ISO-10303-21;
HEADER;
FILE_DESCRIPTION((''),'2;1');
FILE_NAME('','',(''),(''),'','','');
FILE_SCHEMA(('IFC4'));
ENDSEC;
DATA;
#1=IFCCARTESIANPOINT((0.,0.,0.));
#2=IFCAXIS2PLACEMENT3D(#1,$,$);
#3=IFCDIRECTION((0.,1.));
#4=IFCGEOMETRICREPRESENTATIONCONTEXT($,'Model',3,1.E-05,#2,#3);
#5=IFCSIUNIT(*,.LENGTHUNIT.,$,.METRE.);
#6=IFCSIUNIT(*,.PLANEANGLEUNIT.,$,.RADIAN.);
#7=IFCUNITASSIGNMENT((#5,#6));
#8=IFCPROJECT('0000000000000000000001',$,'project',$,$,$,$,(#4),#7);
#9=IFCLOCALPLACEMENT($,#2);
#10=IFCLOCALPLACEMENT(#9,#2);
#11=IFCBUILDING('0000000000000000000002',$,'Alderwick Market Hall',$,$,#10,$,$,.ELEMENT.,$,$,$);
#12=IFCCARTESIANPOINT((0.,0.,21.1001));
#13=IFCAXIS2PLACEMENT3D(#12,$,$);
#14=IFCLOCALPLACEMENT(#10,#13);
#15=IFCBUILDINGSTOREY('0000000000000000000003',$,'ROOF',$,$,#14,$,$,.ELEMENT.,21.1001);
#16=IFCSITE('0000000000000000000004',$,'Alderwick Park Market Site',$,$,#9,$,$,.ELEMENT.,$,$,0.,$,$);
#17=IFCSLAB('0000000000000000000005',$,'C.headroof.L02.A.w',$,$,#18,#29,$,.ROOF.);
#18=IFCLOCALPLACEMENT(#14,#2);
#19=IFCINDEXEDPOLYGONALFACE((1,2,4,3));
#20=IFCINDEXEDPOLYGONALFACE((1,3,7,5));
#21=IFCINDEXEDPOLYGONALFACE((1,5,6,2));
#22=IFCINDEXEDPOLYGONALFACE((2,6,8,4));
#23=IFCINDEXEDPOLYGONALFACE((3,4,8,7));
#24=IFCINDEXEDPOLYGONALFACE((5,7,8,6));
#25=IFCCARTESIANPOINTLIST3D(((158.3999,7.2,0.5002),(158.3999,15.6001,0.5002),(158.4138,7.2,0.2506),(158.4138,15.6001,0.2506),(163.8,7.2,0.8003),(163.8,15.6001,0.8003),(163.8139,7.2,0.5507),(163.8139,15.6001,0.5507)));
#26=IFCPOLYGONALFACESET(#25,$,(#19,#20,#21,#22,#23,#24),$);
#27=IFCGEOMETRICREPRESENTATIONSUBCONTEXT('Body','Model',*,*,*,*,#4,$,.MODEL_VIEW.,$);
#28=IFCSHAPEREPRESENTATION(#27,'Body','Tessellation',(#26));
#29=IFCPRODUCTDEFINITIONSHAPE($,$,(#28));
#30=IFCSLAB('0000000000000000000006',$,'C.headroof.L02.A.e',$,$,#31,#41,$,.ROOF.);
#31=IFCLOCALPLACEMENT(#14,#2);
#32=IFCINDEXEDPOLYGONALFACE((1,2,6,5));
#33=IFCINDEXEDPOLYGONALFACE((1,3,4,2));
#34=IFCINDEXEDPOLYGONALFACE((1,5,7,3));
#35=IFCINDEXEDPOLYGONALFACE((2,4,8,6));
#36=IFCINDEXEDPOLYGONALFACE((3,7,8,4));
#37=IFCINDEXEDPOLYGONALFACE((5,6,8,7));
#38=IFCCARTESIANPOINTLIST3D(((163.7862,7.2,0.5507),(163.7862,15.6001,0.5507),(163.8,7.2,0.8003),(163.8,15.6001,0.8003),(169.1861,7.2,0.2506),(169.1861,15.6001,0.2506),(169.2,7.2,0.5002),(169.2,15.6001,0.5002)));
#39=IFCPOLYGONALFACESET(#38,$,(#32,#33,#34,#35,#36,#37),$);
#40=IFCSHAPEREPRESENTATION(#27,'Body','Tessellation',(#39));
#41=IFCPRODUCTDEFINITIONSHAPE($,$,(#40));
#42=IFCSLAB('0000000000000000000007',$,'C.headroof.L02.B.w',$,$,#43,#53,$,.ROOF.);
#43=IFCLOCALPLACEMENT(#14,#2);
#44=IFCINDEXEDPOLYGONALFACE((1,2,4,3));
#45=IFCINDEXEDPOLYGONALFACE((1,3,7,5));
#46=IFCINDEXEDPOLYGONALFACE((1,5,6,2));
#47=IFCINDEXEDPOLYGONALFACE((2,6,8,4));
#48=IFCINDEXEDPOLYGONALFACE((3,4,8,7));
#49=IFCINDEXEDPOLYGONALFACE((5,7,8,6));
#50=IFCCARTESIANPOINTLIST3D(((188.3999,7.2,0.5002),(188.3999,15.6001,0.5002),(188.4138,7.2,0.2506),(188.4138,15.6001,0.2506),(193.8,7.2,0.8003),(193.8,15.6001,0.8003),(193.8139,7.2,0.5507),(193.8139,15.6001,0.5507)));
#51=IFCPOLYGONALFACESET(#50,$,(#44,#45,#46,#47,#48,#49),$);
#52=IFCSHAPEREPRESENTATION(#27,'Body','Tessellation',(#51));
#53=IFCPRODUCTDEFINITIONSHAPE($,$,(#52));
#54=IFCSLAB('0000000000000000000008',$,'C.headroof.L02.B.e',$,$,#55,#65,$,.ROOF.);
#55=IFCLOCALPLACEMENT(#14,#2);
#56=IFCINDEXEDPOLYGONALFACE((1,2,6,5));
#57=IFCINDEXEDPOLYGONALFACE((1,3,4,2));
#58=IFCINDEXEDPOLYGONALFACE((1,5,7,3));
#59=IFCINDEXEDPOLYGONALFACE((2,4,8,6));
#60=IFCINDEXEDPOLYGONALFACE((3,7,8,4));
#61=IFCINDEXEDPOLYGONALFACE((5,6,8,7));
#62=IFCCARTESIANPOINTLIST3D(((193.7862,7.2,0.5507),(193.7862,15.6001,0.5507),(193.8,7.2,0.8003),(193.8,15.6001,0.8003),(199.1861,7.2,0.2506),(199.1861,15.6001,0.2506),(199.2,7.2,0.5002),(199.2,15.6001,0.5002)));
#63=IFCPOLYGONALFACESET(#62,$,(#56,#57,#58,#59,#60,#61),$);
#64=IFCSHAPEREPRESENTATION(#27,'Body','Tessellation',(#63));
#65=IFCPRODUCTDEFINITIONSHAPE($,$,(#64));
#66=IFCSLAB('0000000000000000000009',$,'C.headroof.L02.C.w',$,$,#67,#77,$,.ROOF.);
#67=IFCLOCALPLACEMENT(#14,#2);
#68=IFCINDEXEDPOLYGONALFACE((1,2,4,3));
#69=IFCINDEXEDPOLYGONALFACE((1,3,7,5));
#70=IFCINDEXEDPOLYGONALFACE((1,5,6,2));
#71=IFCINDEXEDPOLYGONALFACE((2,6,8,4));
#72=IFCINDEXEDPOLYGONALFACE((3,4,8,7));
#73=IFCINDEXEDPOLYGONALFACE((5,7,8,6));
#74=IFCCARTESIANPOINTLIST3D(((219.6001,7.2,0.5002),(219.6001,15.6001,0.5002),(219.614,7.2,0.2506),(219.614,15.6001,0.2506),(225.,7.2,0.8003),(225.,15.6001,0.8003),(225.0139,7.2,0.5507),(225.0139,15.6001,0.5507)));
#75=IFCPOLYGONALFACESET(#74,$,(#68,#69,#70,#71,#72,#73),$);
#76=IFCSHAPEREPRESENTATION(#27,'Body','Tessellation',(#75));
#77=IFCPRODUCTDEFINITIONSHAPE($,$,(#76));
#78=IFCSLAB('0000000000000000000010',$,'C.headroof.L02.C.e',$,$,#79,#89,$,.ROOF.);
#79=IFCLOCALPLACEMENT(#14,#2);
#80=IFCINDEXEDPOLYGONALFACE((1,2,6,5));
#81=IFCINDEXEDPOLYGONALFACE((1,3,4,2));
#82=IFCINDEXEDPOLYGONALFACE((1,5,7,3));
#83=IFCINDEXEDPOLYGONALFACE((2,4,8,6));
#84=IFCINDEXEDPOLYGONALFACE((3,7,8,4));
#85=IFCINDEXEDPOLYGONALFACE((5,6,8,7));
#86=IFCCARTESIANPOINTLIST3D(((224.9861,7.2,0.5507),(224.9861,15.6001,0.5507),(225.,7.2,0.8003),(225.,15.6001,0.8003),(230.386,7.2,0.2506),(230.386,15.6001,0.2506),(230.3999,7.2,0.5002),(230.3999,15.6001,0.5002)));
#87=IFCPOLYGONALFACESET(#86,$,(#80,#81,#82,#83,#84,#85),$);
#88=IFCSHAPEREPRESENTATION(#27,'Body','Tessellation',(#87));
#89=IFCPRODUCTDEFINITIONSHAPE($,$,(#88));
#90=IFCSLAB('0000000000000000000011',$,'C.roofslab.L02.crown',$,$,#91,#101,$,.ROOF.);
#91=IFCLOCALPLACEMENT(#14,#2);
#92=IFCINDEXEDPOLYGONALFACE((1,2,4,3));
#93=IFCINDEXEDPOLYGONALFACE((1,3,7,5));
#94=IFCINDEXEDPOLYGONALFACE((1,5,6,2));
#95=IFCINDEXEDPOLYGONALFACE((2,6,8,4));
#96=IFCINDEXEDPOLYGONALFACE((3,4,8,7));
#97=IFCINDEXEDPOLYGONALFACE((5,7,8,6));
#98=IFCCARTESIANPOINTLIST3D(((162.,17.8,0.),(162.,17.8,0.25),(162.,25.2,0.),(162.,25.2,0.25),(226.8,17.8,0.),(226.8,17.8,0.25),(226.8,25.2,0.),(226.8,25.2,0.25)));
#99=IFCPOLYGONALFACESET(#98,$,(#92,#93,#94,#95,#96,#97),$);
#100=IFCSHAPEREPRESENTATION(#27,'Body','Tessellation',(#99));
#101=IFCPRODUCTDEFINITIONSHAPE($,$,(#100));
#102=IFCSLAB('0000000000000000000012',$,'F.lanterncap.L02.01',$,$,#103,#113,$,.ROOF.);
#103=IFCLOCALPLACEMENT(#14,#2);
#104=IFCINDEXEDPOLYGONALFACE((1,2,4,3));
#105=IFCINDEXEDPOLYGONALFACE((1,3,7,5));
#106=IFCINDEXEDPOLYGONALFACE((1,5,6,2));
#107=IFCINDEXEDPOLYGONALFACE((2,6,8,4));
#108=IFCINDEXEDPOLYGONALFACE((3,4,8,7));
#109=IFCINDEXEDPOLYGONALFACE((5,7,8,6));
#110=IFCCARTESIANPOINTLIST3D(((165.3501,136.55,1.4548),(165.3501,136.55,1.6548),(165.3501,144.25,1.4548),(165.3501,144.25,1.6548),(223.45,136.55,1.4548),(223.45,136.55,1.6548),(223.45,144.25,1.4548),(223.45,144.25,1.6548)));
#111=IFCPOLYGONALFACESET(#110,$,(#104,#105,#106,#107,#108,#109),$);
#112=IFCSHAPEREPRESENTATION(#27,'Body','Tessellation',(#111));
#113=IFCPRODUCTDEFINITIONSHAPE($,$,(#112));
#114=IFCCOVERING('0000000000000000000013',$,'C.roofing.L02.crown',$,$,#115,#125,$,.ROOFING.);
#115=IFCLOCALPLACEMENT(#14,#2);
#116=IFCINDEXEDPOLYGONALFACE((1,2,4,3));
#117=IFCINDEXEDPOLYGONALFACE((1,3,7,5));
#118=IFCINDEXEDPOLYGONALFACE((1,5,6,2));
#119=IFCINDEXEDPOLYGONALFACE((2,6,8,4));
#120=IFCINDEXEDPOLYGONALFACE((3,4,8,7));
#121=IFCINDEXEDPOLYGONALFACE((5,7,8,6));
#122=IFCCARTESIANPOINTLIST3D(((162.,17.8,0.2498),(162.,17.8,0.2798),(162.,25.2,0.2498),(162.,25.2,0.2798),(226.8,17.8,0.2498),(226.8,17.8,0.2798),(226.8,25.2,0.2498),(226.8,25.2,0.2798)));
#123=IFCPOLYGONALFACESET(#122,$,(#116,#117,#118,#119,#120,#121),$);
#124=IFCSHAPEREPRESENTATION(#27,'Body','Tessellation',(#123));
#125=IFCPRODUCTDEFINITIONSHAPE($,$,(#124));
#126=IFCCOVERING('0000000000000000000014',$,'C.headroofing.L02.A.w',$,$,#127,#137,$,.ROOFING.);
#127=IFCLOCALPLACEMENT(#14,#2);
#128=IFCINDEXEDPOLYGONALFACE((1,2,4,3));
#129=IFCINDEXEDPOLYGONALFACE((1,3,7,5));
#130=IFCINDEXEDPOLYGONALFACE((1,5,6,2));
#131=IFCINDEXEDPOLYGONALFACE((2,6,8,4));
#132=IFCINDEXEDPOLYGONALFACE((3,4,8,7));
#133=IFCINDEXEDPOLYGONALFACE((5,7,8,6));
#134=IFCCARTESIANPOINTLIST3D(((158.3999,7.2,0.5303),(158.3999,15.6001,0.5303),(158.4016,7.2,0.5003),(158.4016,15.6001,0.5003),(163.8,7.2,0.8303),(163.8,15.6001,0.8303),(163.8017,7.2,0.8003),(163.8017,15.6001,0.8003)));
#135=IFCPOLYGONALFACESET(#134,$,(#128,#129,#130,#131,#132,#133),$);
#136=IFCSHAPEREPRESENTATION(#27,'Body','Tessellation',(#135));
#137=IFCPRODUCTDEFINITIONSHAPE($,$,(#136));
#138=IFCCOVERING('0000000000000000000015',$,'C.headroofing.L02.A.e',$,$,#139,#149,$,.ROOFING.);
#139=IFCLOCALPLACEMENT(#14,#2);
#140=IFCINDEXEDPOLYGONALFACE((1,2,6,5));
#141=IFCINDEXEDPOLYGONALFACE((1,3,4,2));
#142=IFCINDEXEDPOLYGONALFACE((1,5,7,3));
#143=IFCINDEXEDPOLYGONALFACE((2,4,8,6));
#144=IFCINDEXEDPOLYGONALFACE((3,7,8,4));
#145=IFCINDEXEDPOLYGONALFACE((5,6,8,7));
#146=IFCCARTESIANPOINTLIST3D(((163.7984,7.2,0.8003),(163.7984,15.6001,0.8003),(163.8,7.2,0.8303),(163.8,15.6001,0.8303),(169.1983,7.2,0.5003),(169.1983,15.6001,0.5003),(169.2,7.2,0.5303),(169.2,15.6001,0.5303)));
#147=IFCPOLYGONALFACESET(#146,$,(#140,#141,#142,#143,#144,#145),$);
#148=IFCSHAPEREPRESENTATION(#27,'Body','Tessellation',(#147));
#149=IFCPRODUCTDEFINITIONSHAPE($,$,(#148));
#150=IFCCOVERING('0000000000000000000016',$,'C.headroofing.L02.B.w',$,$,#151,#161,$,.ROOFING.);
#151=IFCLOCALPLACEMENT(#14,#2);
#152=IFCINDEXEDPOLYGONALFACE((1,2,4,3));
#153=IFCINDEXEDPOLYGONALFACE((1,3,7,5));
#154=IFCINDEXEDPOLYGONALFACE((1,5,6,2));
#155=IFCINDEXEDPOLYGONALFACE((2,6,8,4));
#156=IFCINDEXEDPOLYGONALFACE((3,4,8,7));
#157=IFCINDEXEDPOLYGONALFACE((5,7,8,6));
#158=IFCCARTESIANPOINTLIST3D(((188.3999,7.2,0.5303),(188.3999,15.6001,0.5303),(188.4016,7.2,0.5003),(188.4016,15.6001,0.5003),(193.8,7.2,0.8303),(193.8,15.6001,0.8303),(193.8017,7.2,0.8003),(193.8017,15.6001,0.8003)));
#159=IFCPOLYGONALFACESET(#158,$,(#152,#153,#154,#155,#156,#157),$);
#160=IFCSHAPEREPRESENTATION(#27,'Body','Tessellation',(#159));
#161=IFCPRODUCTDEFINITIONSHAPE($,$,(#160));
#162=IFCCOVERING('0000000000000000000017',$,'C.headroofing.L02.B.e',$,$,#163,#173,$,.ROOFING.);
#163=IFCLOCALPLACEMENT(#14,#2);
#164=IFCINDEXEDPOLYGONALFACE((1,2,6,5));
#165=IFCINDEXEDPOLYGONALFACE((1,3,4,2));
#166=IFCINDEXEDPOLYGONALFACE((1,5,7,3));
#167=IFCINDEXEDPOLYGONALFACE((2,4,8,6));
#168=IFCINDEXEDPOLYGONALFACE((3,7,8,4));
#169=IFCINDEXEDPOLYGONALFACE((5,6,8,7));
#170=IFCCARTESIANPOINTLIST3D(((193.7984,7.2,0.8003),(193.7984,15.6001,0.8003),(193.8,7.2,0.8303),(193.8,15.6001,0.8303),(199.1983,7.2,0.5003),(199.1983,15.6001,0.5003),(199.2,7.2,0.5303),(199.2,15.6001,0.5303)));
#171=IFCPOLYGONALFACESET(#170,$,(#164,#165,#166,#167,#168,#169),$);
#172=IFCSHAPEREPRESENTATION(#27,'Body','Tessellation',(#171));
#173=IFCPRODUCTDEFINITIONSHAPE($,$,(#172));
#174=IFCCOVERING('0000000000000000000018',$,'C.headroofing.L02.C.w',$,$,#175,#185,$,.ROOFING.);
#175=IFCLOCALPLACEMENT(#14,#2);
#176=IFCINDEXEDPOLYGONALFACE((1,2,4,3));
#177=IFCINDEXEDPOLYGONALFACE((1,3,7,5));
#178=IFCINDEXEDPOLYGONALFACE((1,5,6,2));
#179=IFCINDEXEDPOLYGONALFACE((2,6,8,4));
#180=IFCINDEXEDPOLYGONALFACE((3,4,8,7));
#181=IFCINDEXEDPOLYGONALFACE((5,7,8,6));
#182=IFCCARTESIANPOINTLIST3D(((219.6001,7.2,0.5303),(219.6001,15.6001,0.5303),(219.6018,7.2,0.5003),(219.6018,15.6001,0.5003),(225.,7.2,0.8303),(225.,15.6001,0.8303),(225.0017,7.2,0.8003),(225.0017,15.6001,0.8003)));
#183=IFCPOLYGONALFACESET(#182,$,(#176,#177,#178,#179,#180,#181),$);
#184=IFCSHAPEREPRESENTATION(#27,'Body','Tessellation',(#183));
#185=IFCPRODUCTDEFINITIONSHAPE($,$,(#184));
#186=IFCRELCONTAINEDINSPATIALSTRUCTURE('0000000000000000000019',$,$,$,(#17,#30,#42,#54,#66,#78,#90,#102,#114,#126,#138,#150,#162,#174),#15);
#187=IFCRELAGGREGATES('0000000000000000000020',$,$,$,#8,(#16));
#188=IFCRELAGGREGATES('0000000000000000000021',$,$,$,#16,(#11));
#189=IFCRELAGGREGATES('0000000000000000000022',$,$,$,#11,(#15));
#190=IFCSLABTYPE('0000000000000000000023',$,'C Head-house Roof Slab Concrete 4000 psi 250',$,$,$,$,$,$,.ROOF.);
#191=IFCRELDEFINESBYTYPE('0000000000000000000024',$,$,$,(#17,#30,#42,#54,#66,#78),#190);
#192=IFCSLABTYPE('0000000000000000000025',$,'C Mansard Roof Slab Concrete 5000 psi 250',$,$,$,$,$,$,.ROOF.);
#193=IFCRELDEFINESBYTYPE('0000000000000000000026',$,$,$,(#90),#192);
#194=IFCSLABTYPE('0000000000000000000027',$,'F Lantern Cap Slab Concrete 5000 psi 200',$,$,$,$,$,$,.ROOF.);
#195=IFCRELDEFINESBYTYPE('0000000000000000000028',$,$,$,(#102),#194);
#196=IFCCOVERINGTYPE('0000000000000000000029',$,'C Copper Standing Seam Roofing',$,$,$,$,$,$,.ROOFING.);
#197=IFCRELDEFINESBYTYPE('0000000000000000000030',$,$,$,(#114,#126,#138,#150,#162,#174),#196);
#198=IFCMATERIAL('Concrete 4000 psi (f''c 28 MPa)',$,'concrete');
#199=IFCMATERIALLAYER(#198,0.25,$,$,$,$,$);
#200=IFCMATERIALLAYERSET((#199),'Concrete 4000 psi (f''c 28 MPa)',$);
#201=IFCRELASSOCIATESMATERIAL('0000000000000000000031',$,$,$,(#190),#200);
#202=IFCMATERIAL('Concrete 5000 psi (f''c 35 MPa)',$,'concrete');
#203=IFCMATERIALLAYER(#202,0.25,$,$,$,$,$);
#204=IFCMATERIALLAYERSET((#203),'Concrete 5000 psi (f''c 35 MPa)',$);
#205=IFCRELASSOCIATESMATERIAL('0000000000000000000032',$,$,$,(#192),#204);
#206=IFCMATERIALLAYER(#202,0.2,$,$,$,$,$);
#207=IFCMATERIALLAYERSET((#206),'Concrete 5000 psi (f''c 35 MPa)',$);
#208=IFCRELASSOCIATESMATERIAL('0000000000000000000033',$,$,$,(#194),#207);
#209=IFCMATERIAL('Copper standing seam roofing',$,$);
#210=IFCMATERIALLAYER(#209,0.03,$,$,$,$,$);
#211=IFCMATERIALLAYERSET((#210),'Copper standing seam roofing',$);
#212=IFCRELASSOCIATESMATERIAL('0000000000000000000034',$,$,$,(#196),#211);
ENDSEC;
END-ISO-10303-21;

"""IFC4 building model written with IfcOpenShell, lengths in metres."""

from ifc_helpers import new_model, si_unit, direction, frame, origin, place, context, subcontext, project, spatial, polyline, outline, extrude, material, layer, layer_set, type_object, element, save


model = new_model("IFC4")

# Units and contexts
model_context = context("Model", 3, precision=1e-05, world=origin(), true_north=direction((0.0, 1.0)))
body_context = subcontext(model_context, "Body", "Model", "MODEL_VIEW")
ifc_project = project(units=[si_unit("LENGTHUNIT", "METRE"), si_unit("PLANEANGLEUNIT", "RADIAN")], contexts=[model_context])

# Site, building, storey
site_placement = place(None, origin())
site = spatial("IfcSite", under=ifc_project, at=site_placement, Name="Alderwick Park Market Site", CompositionType="ELEMENT", RefElevation=0.0)
building_placement = place(site_placement, origin())
building = spatial("IfcBuilding", under=site, at=building_placement, Name="Alderwick Market Hall", CompositionType="ELEMENT")
storey_placement = place(building_placement, frame((0.0, 0.0, 21.1001)))
storey = spatial("IfcBuildingStorey", under=building, at=storey_placement, Name="ROOF", CompositionType="ELEMENT", Elevation=21.1001)

# Slabs
ifc_material_1 = material(Name="Concrete 4000 psi (f'c 28 MPa)", Category="concrete")
ifc_layer_1 = layer(ifc_material_1, 0.25)
ifc_layer_set_1 = layer_set([ifc_layer_1], Name="Concrete 4000 psi (f'c 28 MPa)")
slab_type_1 = type_object("IfcSlabType", Name="C Head-house Roof Slab Concrete 4000 psi 250", PredefinedType="ROOF", material=ifc_layer_set_1)
slab_1_placement = place(storey_placement, frame((158.3999, 15.6001, 0.5002), z_axis=(-0.055478, 0.0, 0.99846), x_axis=(0.99846, 0.0, 0.055478)))
element("IfcSlab", 1, at=slab_1_placement, inside=storey, type_object=slab_type_1, Name="C.headroof.L02.A.w", PredefinedType="ROOF", context=body_context, shape_type="SweptSolid", body=[
    extrude(outline(polyline([(0.0, 0.0), (5.4085, 0.0), (5.4085, -8.4001), (0.0, -8.4001), (0.0, 0.0)])), origin(), (0.0, 0.0, -1.0), 0.25),
])
slab_2_placement = place(storey_placement, frame((169.2, 15.6001, 0.5002), z_axis=(0.05548, 0.0, 0.99846), x_axis=(-0.99846, 0.0, 0.05548)))
element("IfcSlab", 2, at=slab_2_placement, inside=storey, type_object=slab_type_1, Name="C.headroof.L02.A.e", PredefinedType="ROOF", context=body_context, shape_type="SweptSolid", body=[
    extrude(outline(polyline([(0.0, 0.0), (5.4082, 0.0), (5.4082, 8.4001), (0.0, 8.4001), (0.0, 0.0)])), origin(), (0.0, 0.0, -1.0), 0.25),
])
slab_3_placement = place(storey_placement, frame((188.3999, 15.6001, 0.5002), z_axis=(-0.055478, 0.0, 0.99846), x_axis=(0.99846, 0.0, 0.055478)))
element("IfcSlab", 3, at=slab_3_placement, inside=storey, type_object=slab_type_1, Name="C.headroof.L02.B.w", PredefinedType="ROOF", context=body_context, shape_type="SweptSolid", body=[
    extrude(outline(polyline([(0.0, 0.0), (5.4085, 0.0), (5.4085, -8.4001), (0.0, -8.4001), (0.0, 0.0)])), origin(), (0.0, 0.0, -1.0), 0.25),
])
slab_4_placement = place(storey_placement, frame((199.2, 15.6001, 0.5002), z_axis=(0.05548, 0.0, 0.99846), x_axis=(-0.99846, 0.0, 0.05548)))
element("IfcSlab", 4, at=slab_4_placement, inside=storey, type_object=slab_type_1, Name="C.headroof.L02.B.e", PredefinedType="ROOF", context=body_context, shape_type="SweptSolid", body=[
    extrude(outline(polyline([(0.0, 0.0), (5.4082, 0.0), (5.4082, 8.4001), (0.0, 8.4001), (0.0, 0.0)])), origin(), (0.0, 0.0, -1.0), 0.25),
])
slab_5_placement = place(storey_placement, frame((219.6001, 15.6001, 0.5002), z_axis=(-0.05548, 0.0, 0.99846), x_axis=(0.99846, 0.0, 0.05548)))
element("IfcSlab", 5, at=slab_5_placement, inside=storey, type_object=slab_type_1, Name="C.headroof.L02.C.w", PredefinedType="ROOF", context=body_context, shape_type="SweptSolid", body=[
    extrude(outline(polyline([(0.0, 0.0), (5.4082, 0.0), (5.4082, -8.4001), (0.0, -8.4001), (0.0, 0.0)])), origin(), (0.0, 0.0, -1.0), 0.25),
])
slab_6_placement = place(storey_placement, frame((230.3999, 15.6001, 0.5002), z_axis=(0.05548, 0.0, 0.99846), x_axis=(-0.99846, 0.0, 0.05548)))
element("IfcSlab", 6, at=slab_6_placement, inside=storey, type_object=slab_type_1, Name="C.headroof.L02.C.e", PredefinedType="ROOF", context=body_context, shape_type="SweptSolid", body=[
    extrude(outline(polyline([(0.0, 0.0), (5.4082, 0.0), (5.4082, 8.4001), (0.0, 8.4001), (0.0, 0.0)])), origin(), (0.0, 0.0, -1.0), 0.25),
])
ifc_material_2 = material(Name="Concrete 5000 psi (f'c 35 MPa)", Category="concrete")
ifc_layer_2 = layer(ifc_material_2, 0.25)
ifc_layer_set_2 = layer_set([ifc_layer_2], Name="Concrete 5000 psi (f'c 35 MPa)")
slab_type_2 = type_object("IfcSlabType", Name="C Mansard Roof Slab Concrete 5000 psi 250", PredefinedType="ROOF", material=ifc_layer_set_2)
slab_7_placement = place(storey_placement, frame((162.0, 25.2, 0.25), z_axis=(0.0, 0.0, 1.0), x_axis=(1.0, 0.0, 0.0)))
element("IfcSlab", 7, at=slab_7_placement, inside=storey, type_object=slab_type_2, Name="C.roofslab.L02.crown", PredefinedType="ROOF", context=body_context, shape_type="SweptSolid", body=[
    extrude(outline(polyline([(0.0, 0.0), (64.8, 0.0), (64.8, -7.3999), (0.0, -7.3999), (0.0, 0.0)])), origin(), (0.0, 0.0, -1.0), 0.25),
])
ifc_layer_3 = layer(ifc_material_2, 0.2)
ifc_layer_set_3 = layer_set([ifc_layer_3], Name="Concrete 5000 psi (f'c 35 MPa)")
slab_type_3 = type_object("IfcSlabType", Name="F Lantern Cap Slab Concrete 5000 psi 200", PredefinedType="ROOF", material=ifc_layer_set_3)
slab_8_placement = place(storey_placement, frame((0.0, 0.0, 1.4548)))
element("IfcSlab", 8, at=slab_8_placement, inside=storey, type_object=slab_type_3, Name="F.lanterncap.L02.01", PredefinedType="ROOF", context=body_context, shape_type="SweptSolid", body=[
    extrude(outline(polyline([(165.3501, 136.55), (223.45, 136.55), (223.45, 144.25), (165.3501, 144.25), (165.3501, 136.55)])), origin(), (0.0, 0.0, 1.0), 0.2),
])

# Coverings
ifc_material_3 = material(Name="Copper standing seam roofing")
ifc_layer_4 = layer(ifc_material_3, 0.03)
ifc_layer_set_4 = layer_set([ifc_layer_4], Name="Copper standing seam roofing")
covering_type = type_object("IfcCoveringType", Name="C Copper Standing Seam Roofing", PredefinedType="ROOFING", material=ifc_layer_set_4)
covering_1_placement = place(storey_placement, frame((162.0, 25.2, 0.2798), z_axis=(0.0, 0.0, 1.0), x_axis=(1.0, 0.0, 0.0)))
element("IfcCovering", 9, at=covering_1_placement, inside=storey, type_object=covering_type, Name="C.roofing.L02.crown", PredefinedType="ROOFING", context=body_context, shape_type="SweptSolid", body=[
    extrude(outline(polyline([(0.0, 0.0), (64.8, 0.0), (64.8, -7.3999), (0.0, -7.3999), (0.0, 0.0)])), origin(), (0.0, 0.0, -1.0), 0.03),
])
covering_2_placement = place(storey_placement, frame((158.3999, 15.6001, 0.5303), z_axis=(-0.055478, 0.0, 0.99846), x_axis=(0.99846, 0.0, 0.055478)))
element("IfcCovering", 10, at=covering_2_placement, inside=storey, type_object=covering_type, Name="C.headroofing.L02.A.w", PredefinedType="ROOFING", context=body_context, shape_type="SweptSolid", body=[
    extrude(outline(polyline([(0.0, 0.0), (5.4085, 0.0), (5.4085, -8.4001), (0.0, -8.4001), (0.0, 0.0)])), origin(), (0.0, 0.0, -1.0), 0.03),
])
covering_3_placement = place(storey_placement, frame((169.2, 15.6001, 0.5303), z_axis=(0.05548, 0.0, 0.99846), x_axis=(-0.99846, 0.0, 0.05548)))
element("IfcCovering", 11, at=covering_3_placement, inside=storey, type_object=covering_type, Name="C.headroofing.L02.A.e", PredefinedType="ROOFING", context=body_context, shape_type="SweptSolid", body=[
    extrude(outline(polyline([(0.0, 0.0), (5.4082, 0.0), (5.4082, 8.4001), (0.0, 8.4001), (0.0, 0.0)])), origin(), (0.0, 0.0, -1.0), 0.03),
])
covering_4_placement = place(storey_placement, frame((188.3999, 15.6001, 0.5303), z_axis=(-0.055478, 0.0, 0.99846), x_axis=(0.99846, 0.0, 0.055478)))
element("IfcCovering", 12, at=covering_4_placement, inside=storey, type_object=covering_type, Name="C.headroofing.L02.B.w", PredefinedType="ROOFING", context=body_context, shape_type="SweptSolid", body=[
    extrude(outline(polyline([(0.0, 0.0), (5.4085, 0.0), (5.4085, -8.4001), (0.0, -8.4001), (0.0, 0.0)])), origin(), (0.0, 0.0, -1.0), 0.03),
])
covering_5_placement = place(storey_placement, frame((199.2, 15.6001, 0.5303), z_axis=(0.05548, 0.0, 0.99846), x_axis=(-0.99846, 0.0, 0.05548)))
element("IfcCovering", 13, at=covering_5_placement, inside=storey, type_object=covering_type, Name="C.headroofing.L02.B.e", PredefinedType="ROOFING", context=body_context, shape_type="SweptSolid", body=[
    extrude(outline(polyline([(0.0, 0.0), (5.4082, 0.0), (5.4082, 8.4001), (0.0, 8.4001), (0.0, 0.0)])), origin(), (0.0, 0.0, -1.0), 0.03),
])
covering_6_placement = place(storey_placement, frame((219.6001, 15.6001, 0.5303), z_axis=(-0.05548, 0.0, 0.99846), x_axis=(0.99846, 0.0, 0.05548)))
element("IfcCovering", 14, at=covering_6_placement, inside=storey, type_object=covering_type, Name="C.headroofing.L02.C.w", PredefinedType="ROOFING", context=body_context, shape_type="SweptSolid", body=[
    extrude(outline(polyline([(0.0, 0.0), (5.4082, 0.0), (5.4082, -8.4001), (0.0, -8.4001), (0.0, 0.0)])), origin(), (0.0, 0.0, -1.0), 0.03),
])

save(model, "model.ifc")
